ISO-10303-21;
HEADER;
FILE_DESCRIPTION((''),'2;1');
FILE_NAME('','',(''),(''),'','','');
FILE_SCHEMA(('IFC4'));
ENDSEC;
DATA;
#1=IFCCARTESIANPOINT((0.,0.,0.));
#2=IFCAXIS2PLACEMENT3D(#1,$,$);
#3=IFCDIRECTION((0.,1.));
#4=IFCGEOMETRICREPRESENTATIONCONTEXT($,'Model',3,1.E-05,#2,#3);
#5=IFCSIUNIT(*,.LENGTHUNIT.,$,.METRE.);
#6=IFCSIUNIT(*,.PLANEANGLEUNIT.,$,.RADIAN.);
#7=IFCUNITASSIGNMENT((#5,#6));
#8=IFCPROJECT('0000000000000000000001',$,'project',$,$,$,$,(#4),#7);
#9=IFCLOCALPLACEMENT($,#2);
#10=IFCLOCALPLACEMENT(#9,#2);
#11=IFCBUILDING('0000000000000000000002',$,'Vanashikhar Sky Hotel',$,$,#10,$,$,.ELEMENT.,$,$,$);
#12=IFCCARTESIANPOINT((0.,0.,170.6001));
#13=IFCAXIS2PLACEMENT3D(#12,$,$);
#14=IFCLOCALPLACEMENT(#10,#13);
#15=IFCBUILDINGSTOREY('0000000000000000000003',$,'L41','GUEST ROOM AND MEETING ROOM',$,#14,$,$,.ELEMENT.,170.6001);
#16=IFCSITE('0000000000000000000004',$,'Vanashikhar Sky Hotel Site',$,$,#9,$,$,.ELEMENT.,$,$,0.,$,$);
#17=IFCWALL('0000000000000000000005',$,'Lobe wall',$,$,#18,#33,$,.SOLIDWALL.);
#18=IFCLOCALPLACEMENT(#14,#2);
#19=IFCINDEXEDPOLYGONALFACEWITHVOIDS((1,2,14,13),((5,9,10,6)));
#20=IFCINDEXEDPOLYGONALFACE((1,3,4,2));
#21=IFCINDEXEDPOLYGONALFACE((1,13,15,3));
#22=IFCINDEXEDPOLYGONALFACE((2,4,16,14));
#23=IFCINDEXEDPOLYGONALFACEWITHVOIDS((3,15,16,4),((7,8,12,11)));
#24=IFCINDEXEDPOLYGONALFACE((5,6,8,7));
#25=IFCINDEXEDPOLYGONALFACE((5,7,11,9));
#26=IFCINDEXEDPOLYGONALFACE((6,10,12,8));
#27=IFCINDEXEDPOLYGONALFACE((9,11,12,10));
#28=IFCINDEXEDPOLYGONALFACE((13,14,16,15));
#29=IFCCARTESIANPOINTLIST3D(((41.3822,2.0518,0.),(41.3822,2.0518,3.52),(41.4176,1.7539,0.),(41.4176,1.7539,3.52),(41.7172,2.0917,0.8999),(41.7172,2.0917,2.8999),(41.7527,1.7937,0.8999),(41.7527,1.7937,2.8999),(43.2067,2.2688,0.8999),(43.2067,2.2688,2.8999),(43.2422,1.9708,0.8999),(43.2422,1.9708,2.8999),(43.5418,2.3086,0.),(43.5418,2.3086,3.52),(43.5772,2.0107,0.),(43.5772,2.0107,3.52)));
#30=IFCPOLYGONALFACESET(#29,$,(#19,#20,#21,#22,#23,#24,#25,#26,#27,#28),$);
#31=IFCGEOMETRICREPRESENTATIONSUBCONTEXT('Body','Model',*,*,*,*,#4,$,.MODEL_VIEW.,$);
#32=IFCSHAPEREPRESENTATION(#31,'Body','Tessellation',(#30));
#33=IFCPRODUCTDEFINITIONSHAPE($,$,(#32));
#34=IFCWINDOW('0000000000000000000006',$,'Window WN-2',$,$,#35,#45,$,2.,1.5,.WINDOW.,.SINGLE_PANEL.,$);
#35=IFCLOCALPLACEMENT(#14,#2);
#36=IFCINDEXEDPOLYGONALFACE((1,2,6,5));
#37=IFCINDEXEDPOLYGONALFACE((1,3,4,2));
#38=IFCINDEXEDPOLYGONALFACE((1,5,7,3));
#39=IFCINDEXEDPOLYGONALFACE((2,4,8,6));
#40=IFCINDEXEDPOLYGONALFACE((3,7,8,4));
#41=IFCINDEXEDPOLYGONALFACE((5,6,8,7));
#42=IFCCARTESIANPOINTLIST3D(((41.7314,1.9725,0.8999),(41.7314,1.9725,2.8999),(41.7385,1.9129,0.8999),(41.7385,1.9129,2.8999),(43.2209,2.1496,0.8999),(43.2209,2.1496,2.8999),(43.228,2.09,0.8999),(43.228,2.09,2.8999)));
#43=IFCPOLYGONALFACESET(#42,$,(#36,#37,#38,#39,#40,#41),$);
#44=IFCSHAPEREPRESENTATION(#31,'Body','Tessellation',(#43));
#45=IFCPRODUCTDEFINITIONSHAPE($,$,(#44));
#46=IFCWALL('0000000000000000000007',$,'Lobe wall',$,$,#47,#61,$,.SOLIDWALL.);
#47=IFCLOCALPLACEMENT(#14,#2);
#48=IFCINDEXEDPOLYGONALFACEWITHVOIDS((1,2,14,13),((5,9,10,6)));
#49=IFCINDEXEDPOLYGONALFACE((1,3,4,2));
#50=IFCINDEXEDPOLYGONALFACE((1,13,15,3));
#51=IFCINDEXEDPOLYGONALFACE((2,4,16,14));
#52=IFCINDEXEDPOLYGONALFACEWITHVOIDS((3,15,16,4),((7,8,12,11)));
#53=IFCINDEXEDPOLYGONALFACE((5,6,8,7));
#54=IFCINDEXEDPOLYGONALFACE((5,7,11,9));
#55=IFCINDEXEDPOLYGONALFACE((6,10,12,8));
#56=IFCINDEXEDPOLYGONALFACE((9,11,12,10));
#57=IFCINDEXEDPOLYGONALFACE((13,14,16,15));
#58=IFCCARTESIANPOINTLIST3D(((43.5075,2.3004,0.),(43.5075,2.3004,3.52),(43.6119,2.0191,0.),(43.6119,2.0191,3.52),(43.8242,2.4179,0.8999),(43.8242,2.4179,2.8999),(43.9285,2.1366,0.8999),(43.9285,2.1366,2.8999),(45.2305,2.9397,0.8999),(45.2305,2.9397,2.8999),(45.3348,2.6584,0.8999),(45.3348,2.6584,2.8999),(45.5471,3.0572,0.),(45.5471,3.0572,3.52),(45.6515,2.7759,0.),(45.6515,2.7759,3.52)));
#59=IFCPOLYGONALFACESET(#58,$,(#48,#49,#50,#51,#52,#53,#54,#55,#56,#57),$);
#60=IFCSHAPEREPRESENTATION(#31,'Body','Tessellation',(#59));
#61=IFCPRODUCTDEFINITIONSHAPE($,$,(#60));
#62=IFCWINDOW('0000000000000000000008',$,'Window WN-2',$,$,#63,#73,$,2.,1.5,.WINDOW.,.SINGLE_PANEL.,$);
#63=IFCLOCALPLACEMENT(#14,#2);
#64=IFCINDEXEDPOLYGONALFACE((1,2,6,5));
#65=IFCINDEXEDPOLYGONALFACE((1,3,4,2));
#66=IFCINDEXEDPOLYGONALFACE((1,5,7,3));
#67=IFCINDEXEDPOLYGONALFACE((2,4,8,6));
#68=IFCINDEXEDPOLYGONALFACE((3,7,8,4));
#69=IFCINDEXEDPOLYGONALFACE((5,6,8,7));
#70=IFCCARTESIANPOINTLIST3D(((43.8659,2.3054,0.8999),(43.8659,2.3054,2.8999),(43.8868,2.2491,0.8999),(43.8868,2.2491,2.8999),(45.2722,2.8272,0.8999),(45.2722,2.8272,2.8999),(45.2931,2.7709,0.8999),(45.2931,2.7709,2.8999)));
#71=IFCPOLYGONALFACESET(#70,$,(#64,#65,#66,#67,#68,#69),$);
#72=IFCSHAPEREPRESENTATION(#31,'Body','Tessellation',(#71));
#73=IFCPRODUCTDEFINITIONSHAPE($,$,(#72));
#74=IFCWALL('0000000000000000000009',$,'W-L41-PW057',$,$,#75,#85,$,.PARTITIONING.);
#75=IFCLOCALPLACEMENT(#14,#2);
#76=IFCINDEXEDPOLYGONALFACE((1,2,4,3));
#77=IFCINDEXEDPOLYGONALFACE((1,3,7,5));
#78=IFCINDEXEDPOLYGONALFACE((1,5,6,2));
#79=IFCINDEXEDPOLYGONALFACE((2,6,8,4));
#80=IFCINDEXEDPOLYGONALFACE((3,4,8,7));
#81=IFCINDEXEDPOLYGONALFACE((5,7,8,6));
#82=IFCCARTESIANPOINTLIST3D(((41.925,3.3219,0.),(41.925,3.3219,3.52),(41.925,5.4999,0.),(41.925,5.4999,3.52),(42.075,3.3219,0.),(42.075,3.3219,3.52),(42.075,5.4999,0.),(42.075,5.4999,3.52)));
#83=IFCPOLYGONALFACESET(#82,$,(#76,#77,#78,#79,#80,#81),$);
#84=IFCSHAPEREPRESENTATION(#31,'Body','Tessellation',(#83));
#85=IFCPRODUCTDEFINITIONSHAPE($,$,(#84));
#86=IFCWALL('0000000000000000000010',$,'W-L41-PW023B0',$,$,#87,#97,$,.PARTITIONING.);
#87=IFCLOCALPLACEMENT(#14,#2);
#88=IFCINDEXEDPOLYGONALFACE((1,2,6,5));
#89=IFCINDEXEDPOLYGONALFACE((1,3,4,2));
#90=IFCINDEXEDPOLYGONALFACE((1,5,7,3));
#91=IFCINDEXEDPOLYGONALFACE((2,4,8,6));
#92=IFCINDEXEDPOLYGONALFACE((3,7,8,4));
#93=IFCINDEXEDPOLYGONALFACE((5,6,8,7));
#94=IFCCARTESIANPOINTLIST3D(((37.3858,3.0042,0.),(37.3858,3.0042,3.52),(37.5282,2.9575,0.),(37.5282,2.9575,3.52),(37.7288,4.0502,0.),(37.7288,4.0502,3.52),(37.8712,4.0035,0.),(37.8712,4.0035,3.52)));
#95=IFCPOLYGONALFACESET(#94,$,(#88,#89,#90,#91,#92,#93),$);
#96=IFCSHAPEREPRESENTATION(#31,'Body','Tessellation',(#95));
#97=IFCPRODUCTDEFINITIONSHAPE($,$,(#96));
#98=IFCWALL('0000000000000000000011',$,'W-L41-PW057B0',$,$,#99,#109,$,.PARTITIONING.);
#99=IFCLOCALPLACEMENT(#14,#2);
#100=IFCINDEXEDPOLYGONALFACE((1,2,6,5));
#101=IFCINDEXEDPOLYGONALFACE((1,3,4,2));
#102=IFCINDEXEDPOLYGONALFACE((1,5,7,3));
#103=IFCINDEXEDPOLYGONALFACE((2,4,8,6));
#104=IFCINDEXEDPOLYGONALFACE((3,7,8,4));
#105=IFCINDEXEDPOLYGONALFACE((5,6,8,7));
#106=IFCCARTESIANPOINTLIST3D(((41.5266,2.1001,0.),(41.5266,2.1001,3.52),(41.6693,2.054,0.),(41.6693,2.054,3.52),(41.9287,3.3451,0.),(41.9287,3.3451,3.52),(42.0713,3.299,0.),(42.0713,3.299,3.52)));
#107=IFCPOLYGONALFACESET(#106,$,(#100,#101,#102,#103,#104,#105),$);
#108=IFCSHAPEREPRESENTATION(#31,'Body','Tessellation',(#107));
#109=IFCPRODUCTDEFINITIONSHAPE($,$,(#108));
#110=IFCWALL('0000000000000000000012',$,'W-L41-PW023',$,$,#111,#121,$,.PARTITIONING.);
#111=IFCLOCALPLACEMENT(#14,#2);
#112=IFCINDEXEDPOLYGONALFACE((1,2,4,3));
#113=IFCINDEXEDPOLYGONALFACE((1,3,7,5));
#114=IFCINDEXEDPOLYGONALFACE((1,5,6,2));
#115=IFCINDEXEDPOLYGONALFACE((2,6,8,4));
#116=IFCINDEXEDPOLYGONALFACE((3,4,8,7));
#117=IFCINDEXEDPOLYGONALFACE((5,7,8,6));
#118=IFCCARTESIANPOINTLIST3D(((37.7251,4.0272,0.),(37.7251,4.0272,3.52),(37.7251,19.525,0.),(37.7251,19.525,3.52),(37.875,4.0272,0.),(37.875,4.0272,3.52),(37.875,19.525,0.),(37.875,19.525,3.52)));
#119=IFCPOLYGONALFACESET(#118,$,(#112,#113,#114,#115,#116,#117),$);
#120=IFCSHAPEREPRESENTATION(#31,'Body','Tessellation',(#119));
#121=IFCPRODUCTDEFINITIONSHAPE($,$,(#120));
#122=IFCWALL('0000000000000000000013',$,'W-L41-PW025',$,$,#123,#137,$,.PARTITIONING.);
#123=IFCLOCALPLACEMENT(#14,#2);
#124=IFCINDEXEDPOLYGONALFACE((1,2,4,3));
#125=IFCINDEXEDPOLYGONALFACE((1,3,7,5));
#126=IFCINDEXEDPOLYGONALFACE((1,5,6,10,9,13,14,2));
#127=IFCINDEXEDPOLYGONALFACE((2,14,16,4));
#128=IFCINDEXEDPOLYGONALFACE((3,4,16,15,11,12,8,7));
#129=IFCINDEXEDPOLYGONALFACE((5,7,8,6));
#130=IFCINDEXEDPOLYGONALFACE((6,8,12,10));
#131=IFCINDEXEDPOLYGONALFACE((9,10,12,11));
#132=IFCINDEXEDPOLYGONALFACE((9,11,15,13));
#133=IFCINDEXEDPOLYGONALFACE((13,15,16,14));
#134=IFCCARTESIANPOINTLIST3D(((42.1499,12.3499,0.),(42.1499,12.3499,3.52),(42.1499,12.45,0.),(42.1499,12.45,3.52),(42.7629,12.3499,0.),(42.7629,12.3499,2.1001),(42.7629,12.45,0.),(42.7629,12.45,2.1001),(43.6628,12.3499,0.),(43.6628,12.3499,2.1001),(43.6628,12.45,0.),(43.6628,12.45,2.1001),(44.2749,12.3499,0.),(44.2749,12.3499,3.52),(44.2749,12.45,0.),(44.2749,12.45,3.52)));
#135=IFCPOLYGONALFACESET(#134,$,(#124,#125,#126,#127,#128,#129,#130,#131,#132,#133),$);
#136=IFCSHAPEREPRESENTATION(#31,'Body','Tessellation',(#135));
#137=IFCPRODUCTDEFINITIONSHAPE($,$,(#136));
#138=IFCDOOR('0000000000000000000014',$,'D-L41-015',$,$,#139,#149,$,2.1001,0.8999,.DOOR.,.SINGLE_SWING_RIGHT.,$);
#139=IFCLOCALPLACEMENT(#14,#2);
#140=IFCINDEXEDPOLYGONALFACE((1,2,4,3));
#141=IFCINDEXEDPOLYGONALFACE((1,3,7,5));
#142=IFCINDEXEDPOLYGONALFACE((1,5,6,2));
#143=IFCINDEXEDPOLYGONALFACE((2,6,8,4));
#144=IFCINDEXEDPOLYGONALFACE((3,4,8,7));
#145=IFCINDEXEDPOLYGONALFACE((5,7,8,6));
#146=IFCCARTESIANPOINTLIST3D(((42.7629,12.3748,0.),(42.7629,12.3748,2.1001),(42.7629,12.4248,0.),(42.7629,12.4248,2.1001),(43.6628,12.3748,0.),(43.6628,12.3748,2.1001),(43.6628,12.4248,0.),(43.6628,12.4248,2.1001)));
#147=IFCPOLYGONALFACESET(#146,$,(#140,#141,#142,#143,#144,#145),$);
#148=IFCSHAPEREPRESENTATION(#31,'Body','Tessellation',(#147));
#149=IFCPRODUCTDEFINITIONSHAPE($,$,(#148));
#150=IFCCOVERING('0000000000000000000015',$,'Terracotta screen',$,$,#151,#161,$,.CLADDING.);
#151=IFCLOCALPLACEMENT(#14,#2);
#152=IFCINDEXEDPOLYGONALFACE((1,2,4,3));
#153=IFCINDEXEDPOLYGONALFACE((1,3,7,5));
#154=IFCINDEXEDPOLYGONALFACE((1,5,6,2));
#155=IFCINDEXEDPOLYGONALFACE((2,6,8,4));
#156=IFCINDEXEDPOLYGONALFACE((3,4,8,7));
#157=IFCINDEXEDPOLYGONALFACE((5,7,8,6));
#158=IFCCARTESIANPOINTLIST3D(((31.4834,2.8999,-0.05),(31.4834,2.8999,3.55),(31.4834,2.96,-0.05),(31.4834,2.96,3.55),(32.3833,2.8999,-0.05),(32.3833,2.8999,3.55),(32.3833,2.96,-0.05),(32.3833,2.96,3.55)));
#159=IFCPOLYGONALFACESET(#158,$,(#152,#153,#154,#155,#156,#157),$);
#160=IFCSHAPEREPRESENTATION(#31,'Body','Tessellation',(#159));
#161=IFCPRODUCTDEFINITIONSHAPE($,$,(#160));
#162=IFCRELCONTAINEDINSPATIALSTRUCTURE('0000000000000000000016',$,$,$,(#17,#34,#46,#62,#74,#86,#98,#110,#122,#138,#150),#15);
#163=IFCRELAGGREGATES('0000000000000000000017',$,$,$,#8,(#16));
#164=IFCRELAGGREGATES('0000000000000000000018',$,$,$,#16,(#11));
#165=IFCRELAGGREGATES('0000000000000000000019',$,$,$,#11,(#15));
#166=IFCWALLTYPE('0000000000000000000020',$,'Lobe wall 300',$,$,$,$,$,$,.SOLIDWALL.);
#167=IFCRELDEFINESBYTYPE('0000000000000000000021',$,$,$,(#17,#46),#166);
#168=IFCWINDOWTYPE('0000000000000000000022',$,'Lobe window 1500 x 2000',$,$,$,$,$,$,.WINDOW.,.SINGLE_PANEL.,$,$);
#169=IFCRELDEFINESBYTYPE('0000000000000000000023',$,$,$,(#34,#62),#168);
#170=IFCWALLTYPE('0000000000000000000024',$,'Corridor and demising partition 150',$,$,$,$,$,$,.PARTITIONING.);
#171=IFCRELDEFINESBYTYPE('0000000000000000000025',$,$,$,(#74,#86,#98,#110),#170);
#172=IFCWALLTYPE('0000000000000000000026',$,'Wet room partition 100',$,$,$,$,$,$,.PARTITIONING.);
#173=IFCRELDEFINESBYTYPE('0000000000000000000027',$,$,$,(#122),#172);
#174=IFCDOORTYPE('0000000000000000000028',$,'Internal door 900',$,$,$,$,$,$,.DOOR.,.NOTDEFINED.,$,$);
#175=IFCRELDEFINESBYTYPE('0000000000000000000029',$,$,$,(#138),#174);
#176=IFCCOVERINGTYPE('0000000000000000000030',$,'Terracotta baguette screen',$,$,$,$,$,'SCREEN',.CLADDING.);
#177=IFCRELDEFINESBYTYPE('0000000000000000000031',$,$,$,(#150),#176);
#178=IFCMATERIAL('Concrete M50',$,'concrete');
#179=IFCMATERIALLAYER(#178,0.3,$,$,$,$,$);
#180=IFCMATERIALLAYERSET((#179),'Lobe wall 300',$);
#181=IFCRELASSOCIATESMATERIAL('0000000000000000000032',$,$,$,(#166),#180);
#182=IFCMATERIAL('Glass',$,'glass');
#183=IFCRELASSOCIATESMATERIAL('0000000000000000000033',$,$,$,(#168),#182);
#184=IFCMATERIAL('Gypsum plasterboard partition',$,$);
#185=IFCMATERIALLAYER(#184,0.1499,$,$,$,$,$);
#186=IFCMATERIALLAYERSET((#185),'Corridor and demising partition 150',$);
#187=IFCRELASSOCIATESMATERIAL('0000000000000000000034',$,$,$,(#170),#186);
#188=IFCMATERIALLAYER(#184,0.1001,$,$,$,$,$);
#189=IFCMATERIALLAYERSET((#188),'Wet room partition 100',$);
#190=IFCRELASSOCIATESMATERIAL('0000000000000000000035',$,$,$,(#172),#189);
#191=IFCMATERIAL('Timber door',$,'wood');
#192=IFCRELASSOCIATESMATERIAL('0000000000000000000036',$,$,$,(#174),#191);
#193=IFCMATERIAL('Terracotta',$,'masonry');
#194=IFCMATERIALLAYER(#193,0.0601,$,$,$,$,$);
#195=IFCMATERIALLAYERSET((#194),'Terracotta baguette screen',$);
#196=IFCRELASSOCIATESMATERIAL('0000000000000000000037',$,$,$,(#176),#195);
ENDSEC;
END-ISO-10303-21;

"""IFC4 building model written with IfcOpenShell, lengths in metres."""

from ifc_helpers import new_model, si_unit, direction, frame, frame_2d, origin, origin_2d, place, context, subcontext, project, spatial, rectangle, extrude, source, transform, mapped, material, layer, layer_set, type_object, element, fill, save


model = new_model("IFC4")

# Units and contexts
model_context = context("Model", 3, precision=1e-05, world=origin(), true_north=direction((0.0, 1.0)))
body_context = subcontext(model_context, "Body", "Model", "MODEL_VIEW")
ifc_project = project(units=[si_unit("LENGTHUNIT", "METRE"), si_unit("PLANEANGLEUNIT", "RADIAN")], contexts=[model_context])

# Site, building, storey
site_placement = place(None, origin())
site = spatial("IfcSite", under=ifc_project, at=site_placement, Name="Vanashikhar Sky Hotel Site", CompositionType="ELEMENT", RefElevation=0.0)
building_placement = place(site_placement, origin())
building = spatial("IfcBuilding", under=site, at=building_placement, Name="Vanashikhar Sky Hotel", CompositionType="ELEMENT")
storey_placement = place(building_placement, frame((0.0, 0.0, 170.6001)))
storey = spatial("IfcBuildingStorey", under=building, at=storey_placement, Name="L41", Description="GUEST ROOM AND MEETING ROOM", CompositionType="ELEMENT", Elevation=170.6001)

# Shared definitions
ifc_material_1 = material(Name="Concrete M50", Category="concrete")

# Walls, openings, windows
ifc_layer_1 = layer(ifc_material_1, 0.3)
ifc_layer_set_1 = layer_set([ifc_layer_1], Name="Lobe wall 300")
wall_type_1 = type_object("IfcWallType", Name="Lobe wall 300", PredefinedType="SOLIDWALL", material=ifc_layer_set_1)
shared_shape_1 = source(origin(), body_context, "Body", "SweptSolid", [
    extrude(rectangle(XDim=1.5, YDim=2.0, at=frame_2d((0.75, 1.0))), frame((0.0, 0.1602, 0.0), z_axis=(0.0, -1.0, 0.0), x_axis=(1.0, 0.0, 0.0)), (0.0, 0.0, 1.0), 0.3201),
])
ifc_material_2 = material(Name="Glass", Category="glass")
window_type = type_object("IfcWindowType", Name="Lobe window 1500 x 2000", PartitioningType="SINGLE_PANEL", PredefinedType="WINDOW", material=ifc_material_2)
shared_shape_2 = source(origin(), body_context, "Body", "SweptSolid", [
    extrude(rectangle(XDim=1.5, YDim=2.0, at=frame_2d((0.75, 1.0))), frame((0.0, 0.03, 0.0), z_axis=(0.0, -1.0, 0.0), x_axis=(1.0, 0.0, 0.0)), (0.0, 0.0, 1.0), 0.0601),
])
shared_shape_3 = source(origin(), body_context, "Body", "SweptSolid", [
    extrude(rectangle(XDim=2.1748, YDim=0.3, at=frame_2d((1.0874, 0.0))), origin(), (0.0, 0.0, 1.0), 3.52),
])
wall_1_placement = place(storey_placement, frame((41.3999, 1.9028, 0.0), z_axis=(0.0, 0.0, 1.0), x_axis=(0.993003, 0.118092, 0.0)))
wall_1 = element("IfcWall", 1, at=wall_1_placement, inside=storey, type_object=wall_type_1, Name="Lobe wall", PredefinedType="SOLIDWALL", context=body_context, shape_type="MappedRepresentation", body=[
    mapped(shared_shape_3, transform((0.0, 0.0, 0.0), scale=1.0)),
])
opening_1_placement = place(wall_1_placement, frame((0.3374, 0.0, 0.8999)))
opening_1 = element("IfcOpeningElement", 2, at=opening_1_placement, cuts=wall_1, PredefinedType="OPENING", context=body_context, shape_type="MappedRepresentation", body=[
    mapped(shared_shape_1, transform((0.0, 0.0, 0.0), scale=1.0)),
])
window_1_placement = place(opening_1_placement, origin())
window_1 = element("IfcWindow", 3, at=window_1_placement, inside=storey, type_object=window_type, Name="Window WN-2", OverallHeight=2.0, OverallWidth=1.5, PartitioningType="SINGLE_PANEL", PredefinedType="WINDOW", context=body_context, shape_type="MappedRepresentation", body=[
    mapped(shared_shape_2, transform((0.0, 0.0, 0.0), scale=1.0)),
])
fill(opening_1, window_1)
shared_shape_4 = source(origin(), body_context, "Body", "SweptSolid", [
    extrude(rectangle(XDim=2.1755, YDim=0.3, at=frame_2d((1.0879, 0.0))), origin(), (0.0, 0.0, 1.0), 3.52),
])
wall_2_placement = place(storey_placement, frame((43.5596, 2.1597, 0.0), z_axis=(0.0, 0.0, 1.0), x_axis=(0.937532, 0.347899, 0.0)))
wall_2 = element("IfcWall", 4, at=wall_2_placement, inside=storey, type_object=wall_type_1, Name="Lobe wall", PredefinedType="SOLIDWALL", context=body_context, shape_type="MappedRepresentation", body=[
    mapped(shared_shape_4, transform((0.0, 0.0, 0.0), scale=1.0)),
])
opening_2_placement = place(wall_2_placement, frame((0.3379, 0.0, 0.8999)))
opening_2 = element("IfcOpeningElement", 5, at=opening_2_placement, cuts=wall_2, PredefinedType="OPENING", context=body_context, shape_type="MappedRepresentation", body=[
    mapped(shared_shape_1, transform((0.0, 0.0, 0.0), scale=1.0)),
])
window_2_placement = place(opening_2_placement, origin())
window_2 = element("IfcWindow", 6, at=window_2_placement, inside=storey, type_object=window_type, Name="Window WN-2", OverallHeight=2.0, OverallWidth=1.5, PartitioningType="SINGLE_PANEL", PredefinedType="WINDOW", context=body_context, shape_type="MappedRepresentation", body=[
    mapped(shared_shape_2, transform((0.0, 0.0, 0.0), scale=1.0)),
])
fill(opening_2, window_2)

# Walls
ifc_material_3 = material(Name="Gypsum plasterboard partition")
ifc_layer_2 = layer(ifc_material_3, 0.1499)
ifc_layer_set_2 = layer_set([ifc_layer_2], Name="Corridor and demising partition 150")
wall_type_2 = type_object("IfcWallType", Name="Corridor and demising partition 150", PredefinedType="PARTITIONING", material=ifc_layer_set_2)
shared_shape_5 = source(origin(), body_context, "Body", "SweptSolid", [
    extrude(rectangle(XDim=2.178, YDim=0.1499, at=frame_2d((1.0889, 0.0))), origin(), (0.0, 0.0, 1.0), 3.52),
])
wall_3_placement = place(storey_placement, frame((42.0, 3.322, 0.0), z_axis=(0.0, 0.0, 1.0), x_axis=(0.0, 1.0, 0.0)))
element("IfcWall", 7, at=wall_3_placement, inside=storey, type_object=wall_type_2, Name="W-L41-PW057", PredefinedType="PARTITIONING", context=body_context, shape_type="MappedRepresentation", body=[
    mapped(shared_shape_5, transform((0.0, 0.0, 0.0), scale=1.0)),
])
shared_shape_6 = source(origin(), body_context, "Body", "SweptSolid", [
    extrude(rectangle(XDim=1.1008, YDim=0.1499, at=frame_2d((0.5503, 0.0))), origin(), (0.0, 0.0, 1.0), 3.52),
])
wall_4_placement = place(storey_placement, frame((37.457, 2.981, 0.0), z_axis=(0.0, 0.0, 1.0), x_axis=(0.311567, 0.950224, 0.0)))
element("IfcWall", 8, at=wall_4_placement, inside=storey, type_object=wall_type_2, Name="W-L41-PW023B0", PredefinedType="PARTITIONING", context=body_context, shape_type="MappedRepresentation", body=[
    mapped(shared_shape_6, transform((0.0, 0.0, 0.0), scale=1.0)),
])
shared_shape_7 = source(origin(), body_context, "Body", "SweptSolid", [
    extrude(rectangle(XDim=1.3083, YDim=0.1499, at=frame_2d((0.6543, 0.0))), origin(), (0.0, 0.0, 1.0), 3.52),
])
wall_5_placement = place(storey_placement, frame((41.5979, 2.0769, 0.0), z_axis=(0.0, 0.0, 1.0), x_axis=(0.307314, 0.951608, 0.0)))
element("IfcWall", 9, at=wall_5_placement, inside=storey, type_object=wall_type_2, Name="W-L41-PW057B0", PredefinedType="PARTITIONING", context=body_context, shape_type="MappedRepresentation", body=[
    mapped(shared_shape_7, transform((0.0, 0.0, 0.0), scale=1.0)),
])
shared_shape_8 = source(origin(), body_context, "Body", "SweptSolid", [
    extrude(rectangle(XDim=15.4978, YDim=0.1499, at=frame_2d((7.749, 0.0))), origin(), (0.0, 0.0, 1.0), 3.52),
])
wall_6_placement = place(storey_placement, frame((37.8, 4.0271, 0.0), z_axis=(0.0, 0.0, 1.0), x_axis=(0.0, 1.0, 0.0)))
element("IfcWall", 10, at=wall_6_placement, inside=storey, type_object=wall_type_2, Name="W-L41-PW023", PredefinedType="PARTITIONING", context=body_context, shape_type="MappedRepresentation", body=[
    mapped(shared_shape_8, transform((0.0, 0.0, 0.0), scale=1.0)),
])

# Wall, opening, door
ifc_layer_3 = layer(ifc_material_3, 0.1001)
ifc_layer_set_3 = layer_set([ifc_layer_3], Name="Wet room partition 100")
wall_type_3 = type_object("IfcWallType", Name="Wet room partition 100", PredefinedType="PARTITIONING", material=ifc_layer_set_3)
shared_shape_9 = source(origin(), body_context, "Body", "SweptSolid", [
    extrude(rectangle(XDim=2.125, YDim=0.1001, at=frame_2d((1.0625, 0.0))), origin(), (0.0, 0.0, 1.0), 3.52),
])
wall_7_placement = place(storey_placement, frame((42.1499, 12.3999, 0.0), z_axis=(0.0, 0.0, 1.0), x_axis=(1.0, 0.0, 0.0)))
wall_7 = element("IfcWall", 11, at=wall_7_placement, inside=storey, type_object=wall_type_3, Name="W-L41-PW025", PredefinedType="PARTITIONING", context=body_context, shape_type="MappedRepresentation", body=[
    mapped(shared_shape_9, transform((0.0, 0.0, 0.0), scale=1.0)),
])
shared_shape_10 = source(origin(), body_context, "Body", "SweptSolid", [
    extrude(rectangle(XDim=0.8999, YDim=2.1001, at=frame_2d((0.45, 1.05))), frame((0.0, 0.0601, 0.0), z_axis=(0.0, -1.0, 0.0), x_axis=(1.0, 0.0, 0.0)), (0.0, 0.0, 1.0), 0.1201),
])
opening_3_placement = place(wall_7_placement, frame((0.613, 0.0, 0.0)))
opening_3 = element("IfcOpeningElement", 12, at=opening_3_placement, cuts=wall_7, PredefinedType="OPENING", context=body_context, shape_type="MappedRepresentation", body=[
    mapped(shared_shape_10, transform((0.0, 0.0, 0.0), scale=1.0)),
])
ifc_material_4 = material(Name="Timber door", Category="wood")
door_type = type_object("IfcDoorType", Name="Internal door 900", OperationType="NOTDEFINED", PredefinedType="DOOR", material=ifc_material_4)
shared_shape_11 = source(origin(), body_context, "Body", "SweptSolid", [
    extrude(rectangle(XDim=0.8999, YDim=2.1001, at=frame_2d((0.45, 1.05))), frame((0.0, 0.0249, 0.0), z_axis=(0.0, -1.0, 0.0), x_axis=(1.0, 0.0, 0.0)), (0.0, 0.0, 1.0), 0.05),
])
door_placement = place(opening_3_placement, origin())
door = element("IfcDoor", 13, at=door_placement, inside=storey, type_object=door_type, Name="D-L41-015", OperationType="SINGLE_SWING_RIGHT", OverallHeight=2.1001, OverallWidth=0.8999, PredefinedType="DOOR", context=body_context, shape_type="MappedRepresentation", body=[
    mapped(shared_shape_11, transform((0.0, 0.0, 0.0), scale=1.0)),
])
fill(opening_3, door)

# Covering
ifc_material_5 = material(Name="Terracotta", Category="masonry")
ifc_layer_4 = layer(ifc_material_5, 0.0601)
ifc_layer_set_4 = layer_set([ifc_layer_4], Name="Terracotta baguette screen")
covering_type_1 = type_object("IfcCoveringType", Name="Terracotta baguette screen", ElementType="SCREEN", PredefinedType="CLADDING", material=ifc_layer_set_4)
shared_shape_12 = source(origin(), body_context, "Body", "SweptSolid", [
    extrude(rectangle(XDim=0.8999, YDim=0.0601, at=origin_2d()), origin(), (0.0, 0.0, 1.0), 3.6001),
])
covering_placement = place(storey_placement, frame((31.9333, 2.9299, -0.05), z_axis=(0.0, 0.0, 1.0), x_axis=(1.0, 0.0, 0.0)))
element("IfcCovering", 14, at=covering_placement, inside=storey, type_object=covering_type_1, Name="Terracotta screen", PredefinedType="CLADDING", context=body_context, shape_type="MappedRepresentation", body=[
    mapped(shared_shape_12, transform((0.0, 0.0, 0.0), scale=1.0)),
])

save(model, "model.ifc")
